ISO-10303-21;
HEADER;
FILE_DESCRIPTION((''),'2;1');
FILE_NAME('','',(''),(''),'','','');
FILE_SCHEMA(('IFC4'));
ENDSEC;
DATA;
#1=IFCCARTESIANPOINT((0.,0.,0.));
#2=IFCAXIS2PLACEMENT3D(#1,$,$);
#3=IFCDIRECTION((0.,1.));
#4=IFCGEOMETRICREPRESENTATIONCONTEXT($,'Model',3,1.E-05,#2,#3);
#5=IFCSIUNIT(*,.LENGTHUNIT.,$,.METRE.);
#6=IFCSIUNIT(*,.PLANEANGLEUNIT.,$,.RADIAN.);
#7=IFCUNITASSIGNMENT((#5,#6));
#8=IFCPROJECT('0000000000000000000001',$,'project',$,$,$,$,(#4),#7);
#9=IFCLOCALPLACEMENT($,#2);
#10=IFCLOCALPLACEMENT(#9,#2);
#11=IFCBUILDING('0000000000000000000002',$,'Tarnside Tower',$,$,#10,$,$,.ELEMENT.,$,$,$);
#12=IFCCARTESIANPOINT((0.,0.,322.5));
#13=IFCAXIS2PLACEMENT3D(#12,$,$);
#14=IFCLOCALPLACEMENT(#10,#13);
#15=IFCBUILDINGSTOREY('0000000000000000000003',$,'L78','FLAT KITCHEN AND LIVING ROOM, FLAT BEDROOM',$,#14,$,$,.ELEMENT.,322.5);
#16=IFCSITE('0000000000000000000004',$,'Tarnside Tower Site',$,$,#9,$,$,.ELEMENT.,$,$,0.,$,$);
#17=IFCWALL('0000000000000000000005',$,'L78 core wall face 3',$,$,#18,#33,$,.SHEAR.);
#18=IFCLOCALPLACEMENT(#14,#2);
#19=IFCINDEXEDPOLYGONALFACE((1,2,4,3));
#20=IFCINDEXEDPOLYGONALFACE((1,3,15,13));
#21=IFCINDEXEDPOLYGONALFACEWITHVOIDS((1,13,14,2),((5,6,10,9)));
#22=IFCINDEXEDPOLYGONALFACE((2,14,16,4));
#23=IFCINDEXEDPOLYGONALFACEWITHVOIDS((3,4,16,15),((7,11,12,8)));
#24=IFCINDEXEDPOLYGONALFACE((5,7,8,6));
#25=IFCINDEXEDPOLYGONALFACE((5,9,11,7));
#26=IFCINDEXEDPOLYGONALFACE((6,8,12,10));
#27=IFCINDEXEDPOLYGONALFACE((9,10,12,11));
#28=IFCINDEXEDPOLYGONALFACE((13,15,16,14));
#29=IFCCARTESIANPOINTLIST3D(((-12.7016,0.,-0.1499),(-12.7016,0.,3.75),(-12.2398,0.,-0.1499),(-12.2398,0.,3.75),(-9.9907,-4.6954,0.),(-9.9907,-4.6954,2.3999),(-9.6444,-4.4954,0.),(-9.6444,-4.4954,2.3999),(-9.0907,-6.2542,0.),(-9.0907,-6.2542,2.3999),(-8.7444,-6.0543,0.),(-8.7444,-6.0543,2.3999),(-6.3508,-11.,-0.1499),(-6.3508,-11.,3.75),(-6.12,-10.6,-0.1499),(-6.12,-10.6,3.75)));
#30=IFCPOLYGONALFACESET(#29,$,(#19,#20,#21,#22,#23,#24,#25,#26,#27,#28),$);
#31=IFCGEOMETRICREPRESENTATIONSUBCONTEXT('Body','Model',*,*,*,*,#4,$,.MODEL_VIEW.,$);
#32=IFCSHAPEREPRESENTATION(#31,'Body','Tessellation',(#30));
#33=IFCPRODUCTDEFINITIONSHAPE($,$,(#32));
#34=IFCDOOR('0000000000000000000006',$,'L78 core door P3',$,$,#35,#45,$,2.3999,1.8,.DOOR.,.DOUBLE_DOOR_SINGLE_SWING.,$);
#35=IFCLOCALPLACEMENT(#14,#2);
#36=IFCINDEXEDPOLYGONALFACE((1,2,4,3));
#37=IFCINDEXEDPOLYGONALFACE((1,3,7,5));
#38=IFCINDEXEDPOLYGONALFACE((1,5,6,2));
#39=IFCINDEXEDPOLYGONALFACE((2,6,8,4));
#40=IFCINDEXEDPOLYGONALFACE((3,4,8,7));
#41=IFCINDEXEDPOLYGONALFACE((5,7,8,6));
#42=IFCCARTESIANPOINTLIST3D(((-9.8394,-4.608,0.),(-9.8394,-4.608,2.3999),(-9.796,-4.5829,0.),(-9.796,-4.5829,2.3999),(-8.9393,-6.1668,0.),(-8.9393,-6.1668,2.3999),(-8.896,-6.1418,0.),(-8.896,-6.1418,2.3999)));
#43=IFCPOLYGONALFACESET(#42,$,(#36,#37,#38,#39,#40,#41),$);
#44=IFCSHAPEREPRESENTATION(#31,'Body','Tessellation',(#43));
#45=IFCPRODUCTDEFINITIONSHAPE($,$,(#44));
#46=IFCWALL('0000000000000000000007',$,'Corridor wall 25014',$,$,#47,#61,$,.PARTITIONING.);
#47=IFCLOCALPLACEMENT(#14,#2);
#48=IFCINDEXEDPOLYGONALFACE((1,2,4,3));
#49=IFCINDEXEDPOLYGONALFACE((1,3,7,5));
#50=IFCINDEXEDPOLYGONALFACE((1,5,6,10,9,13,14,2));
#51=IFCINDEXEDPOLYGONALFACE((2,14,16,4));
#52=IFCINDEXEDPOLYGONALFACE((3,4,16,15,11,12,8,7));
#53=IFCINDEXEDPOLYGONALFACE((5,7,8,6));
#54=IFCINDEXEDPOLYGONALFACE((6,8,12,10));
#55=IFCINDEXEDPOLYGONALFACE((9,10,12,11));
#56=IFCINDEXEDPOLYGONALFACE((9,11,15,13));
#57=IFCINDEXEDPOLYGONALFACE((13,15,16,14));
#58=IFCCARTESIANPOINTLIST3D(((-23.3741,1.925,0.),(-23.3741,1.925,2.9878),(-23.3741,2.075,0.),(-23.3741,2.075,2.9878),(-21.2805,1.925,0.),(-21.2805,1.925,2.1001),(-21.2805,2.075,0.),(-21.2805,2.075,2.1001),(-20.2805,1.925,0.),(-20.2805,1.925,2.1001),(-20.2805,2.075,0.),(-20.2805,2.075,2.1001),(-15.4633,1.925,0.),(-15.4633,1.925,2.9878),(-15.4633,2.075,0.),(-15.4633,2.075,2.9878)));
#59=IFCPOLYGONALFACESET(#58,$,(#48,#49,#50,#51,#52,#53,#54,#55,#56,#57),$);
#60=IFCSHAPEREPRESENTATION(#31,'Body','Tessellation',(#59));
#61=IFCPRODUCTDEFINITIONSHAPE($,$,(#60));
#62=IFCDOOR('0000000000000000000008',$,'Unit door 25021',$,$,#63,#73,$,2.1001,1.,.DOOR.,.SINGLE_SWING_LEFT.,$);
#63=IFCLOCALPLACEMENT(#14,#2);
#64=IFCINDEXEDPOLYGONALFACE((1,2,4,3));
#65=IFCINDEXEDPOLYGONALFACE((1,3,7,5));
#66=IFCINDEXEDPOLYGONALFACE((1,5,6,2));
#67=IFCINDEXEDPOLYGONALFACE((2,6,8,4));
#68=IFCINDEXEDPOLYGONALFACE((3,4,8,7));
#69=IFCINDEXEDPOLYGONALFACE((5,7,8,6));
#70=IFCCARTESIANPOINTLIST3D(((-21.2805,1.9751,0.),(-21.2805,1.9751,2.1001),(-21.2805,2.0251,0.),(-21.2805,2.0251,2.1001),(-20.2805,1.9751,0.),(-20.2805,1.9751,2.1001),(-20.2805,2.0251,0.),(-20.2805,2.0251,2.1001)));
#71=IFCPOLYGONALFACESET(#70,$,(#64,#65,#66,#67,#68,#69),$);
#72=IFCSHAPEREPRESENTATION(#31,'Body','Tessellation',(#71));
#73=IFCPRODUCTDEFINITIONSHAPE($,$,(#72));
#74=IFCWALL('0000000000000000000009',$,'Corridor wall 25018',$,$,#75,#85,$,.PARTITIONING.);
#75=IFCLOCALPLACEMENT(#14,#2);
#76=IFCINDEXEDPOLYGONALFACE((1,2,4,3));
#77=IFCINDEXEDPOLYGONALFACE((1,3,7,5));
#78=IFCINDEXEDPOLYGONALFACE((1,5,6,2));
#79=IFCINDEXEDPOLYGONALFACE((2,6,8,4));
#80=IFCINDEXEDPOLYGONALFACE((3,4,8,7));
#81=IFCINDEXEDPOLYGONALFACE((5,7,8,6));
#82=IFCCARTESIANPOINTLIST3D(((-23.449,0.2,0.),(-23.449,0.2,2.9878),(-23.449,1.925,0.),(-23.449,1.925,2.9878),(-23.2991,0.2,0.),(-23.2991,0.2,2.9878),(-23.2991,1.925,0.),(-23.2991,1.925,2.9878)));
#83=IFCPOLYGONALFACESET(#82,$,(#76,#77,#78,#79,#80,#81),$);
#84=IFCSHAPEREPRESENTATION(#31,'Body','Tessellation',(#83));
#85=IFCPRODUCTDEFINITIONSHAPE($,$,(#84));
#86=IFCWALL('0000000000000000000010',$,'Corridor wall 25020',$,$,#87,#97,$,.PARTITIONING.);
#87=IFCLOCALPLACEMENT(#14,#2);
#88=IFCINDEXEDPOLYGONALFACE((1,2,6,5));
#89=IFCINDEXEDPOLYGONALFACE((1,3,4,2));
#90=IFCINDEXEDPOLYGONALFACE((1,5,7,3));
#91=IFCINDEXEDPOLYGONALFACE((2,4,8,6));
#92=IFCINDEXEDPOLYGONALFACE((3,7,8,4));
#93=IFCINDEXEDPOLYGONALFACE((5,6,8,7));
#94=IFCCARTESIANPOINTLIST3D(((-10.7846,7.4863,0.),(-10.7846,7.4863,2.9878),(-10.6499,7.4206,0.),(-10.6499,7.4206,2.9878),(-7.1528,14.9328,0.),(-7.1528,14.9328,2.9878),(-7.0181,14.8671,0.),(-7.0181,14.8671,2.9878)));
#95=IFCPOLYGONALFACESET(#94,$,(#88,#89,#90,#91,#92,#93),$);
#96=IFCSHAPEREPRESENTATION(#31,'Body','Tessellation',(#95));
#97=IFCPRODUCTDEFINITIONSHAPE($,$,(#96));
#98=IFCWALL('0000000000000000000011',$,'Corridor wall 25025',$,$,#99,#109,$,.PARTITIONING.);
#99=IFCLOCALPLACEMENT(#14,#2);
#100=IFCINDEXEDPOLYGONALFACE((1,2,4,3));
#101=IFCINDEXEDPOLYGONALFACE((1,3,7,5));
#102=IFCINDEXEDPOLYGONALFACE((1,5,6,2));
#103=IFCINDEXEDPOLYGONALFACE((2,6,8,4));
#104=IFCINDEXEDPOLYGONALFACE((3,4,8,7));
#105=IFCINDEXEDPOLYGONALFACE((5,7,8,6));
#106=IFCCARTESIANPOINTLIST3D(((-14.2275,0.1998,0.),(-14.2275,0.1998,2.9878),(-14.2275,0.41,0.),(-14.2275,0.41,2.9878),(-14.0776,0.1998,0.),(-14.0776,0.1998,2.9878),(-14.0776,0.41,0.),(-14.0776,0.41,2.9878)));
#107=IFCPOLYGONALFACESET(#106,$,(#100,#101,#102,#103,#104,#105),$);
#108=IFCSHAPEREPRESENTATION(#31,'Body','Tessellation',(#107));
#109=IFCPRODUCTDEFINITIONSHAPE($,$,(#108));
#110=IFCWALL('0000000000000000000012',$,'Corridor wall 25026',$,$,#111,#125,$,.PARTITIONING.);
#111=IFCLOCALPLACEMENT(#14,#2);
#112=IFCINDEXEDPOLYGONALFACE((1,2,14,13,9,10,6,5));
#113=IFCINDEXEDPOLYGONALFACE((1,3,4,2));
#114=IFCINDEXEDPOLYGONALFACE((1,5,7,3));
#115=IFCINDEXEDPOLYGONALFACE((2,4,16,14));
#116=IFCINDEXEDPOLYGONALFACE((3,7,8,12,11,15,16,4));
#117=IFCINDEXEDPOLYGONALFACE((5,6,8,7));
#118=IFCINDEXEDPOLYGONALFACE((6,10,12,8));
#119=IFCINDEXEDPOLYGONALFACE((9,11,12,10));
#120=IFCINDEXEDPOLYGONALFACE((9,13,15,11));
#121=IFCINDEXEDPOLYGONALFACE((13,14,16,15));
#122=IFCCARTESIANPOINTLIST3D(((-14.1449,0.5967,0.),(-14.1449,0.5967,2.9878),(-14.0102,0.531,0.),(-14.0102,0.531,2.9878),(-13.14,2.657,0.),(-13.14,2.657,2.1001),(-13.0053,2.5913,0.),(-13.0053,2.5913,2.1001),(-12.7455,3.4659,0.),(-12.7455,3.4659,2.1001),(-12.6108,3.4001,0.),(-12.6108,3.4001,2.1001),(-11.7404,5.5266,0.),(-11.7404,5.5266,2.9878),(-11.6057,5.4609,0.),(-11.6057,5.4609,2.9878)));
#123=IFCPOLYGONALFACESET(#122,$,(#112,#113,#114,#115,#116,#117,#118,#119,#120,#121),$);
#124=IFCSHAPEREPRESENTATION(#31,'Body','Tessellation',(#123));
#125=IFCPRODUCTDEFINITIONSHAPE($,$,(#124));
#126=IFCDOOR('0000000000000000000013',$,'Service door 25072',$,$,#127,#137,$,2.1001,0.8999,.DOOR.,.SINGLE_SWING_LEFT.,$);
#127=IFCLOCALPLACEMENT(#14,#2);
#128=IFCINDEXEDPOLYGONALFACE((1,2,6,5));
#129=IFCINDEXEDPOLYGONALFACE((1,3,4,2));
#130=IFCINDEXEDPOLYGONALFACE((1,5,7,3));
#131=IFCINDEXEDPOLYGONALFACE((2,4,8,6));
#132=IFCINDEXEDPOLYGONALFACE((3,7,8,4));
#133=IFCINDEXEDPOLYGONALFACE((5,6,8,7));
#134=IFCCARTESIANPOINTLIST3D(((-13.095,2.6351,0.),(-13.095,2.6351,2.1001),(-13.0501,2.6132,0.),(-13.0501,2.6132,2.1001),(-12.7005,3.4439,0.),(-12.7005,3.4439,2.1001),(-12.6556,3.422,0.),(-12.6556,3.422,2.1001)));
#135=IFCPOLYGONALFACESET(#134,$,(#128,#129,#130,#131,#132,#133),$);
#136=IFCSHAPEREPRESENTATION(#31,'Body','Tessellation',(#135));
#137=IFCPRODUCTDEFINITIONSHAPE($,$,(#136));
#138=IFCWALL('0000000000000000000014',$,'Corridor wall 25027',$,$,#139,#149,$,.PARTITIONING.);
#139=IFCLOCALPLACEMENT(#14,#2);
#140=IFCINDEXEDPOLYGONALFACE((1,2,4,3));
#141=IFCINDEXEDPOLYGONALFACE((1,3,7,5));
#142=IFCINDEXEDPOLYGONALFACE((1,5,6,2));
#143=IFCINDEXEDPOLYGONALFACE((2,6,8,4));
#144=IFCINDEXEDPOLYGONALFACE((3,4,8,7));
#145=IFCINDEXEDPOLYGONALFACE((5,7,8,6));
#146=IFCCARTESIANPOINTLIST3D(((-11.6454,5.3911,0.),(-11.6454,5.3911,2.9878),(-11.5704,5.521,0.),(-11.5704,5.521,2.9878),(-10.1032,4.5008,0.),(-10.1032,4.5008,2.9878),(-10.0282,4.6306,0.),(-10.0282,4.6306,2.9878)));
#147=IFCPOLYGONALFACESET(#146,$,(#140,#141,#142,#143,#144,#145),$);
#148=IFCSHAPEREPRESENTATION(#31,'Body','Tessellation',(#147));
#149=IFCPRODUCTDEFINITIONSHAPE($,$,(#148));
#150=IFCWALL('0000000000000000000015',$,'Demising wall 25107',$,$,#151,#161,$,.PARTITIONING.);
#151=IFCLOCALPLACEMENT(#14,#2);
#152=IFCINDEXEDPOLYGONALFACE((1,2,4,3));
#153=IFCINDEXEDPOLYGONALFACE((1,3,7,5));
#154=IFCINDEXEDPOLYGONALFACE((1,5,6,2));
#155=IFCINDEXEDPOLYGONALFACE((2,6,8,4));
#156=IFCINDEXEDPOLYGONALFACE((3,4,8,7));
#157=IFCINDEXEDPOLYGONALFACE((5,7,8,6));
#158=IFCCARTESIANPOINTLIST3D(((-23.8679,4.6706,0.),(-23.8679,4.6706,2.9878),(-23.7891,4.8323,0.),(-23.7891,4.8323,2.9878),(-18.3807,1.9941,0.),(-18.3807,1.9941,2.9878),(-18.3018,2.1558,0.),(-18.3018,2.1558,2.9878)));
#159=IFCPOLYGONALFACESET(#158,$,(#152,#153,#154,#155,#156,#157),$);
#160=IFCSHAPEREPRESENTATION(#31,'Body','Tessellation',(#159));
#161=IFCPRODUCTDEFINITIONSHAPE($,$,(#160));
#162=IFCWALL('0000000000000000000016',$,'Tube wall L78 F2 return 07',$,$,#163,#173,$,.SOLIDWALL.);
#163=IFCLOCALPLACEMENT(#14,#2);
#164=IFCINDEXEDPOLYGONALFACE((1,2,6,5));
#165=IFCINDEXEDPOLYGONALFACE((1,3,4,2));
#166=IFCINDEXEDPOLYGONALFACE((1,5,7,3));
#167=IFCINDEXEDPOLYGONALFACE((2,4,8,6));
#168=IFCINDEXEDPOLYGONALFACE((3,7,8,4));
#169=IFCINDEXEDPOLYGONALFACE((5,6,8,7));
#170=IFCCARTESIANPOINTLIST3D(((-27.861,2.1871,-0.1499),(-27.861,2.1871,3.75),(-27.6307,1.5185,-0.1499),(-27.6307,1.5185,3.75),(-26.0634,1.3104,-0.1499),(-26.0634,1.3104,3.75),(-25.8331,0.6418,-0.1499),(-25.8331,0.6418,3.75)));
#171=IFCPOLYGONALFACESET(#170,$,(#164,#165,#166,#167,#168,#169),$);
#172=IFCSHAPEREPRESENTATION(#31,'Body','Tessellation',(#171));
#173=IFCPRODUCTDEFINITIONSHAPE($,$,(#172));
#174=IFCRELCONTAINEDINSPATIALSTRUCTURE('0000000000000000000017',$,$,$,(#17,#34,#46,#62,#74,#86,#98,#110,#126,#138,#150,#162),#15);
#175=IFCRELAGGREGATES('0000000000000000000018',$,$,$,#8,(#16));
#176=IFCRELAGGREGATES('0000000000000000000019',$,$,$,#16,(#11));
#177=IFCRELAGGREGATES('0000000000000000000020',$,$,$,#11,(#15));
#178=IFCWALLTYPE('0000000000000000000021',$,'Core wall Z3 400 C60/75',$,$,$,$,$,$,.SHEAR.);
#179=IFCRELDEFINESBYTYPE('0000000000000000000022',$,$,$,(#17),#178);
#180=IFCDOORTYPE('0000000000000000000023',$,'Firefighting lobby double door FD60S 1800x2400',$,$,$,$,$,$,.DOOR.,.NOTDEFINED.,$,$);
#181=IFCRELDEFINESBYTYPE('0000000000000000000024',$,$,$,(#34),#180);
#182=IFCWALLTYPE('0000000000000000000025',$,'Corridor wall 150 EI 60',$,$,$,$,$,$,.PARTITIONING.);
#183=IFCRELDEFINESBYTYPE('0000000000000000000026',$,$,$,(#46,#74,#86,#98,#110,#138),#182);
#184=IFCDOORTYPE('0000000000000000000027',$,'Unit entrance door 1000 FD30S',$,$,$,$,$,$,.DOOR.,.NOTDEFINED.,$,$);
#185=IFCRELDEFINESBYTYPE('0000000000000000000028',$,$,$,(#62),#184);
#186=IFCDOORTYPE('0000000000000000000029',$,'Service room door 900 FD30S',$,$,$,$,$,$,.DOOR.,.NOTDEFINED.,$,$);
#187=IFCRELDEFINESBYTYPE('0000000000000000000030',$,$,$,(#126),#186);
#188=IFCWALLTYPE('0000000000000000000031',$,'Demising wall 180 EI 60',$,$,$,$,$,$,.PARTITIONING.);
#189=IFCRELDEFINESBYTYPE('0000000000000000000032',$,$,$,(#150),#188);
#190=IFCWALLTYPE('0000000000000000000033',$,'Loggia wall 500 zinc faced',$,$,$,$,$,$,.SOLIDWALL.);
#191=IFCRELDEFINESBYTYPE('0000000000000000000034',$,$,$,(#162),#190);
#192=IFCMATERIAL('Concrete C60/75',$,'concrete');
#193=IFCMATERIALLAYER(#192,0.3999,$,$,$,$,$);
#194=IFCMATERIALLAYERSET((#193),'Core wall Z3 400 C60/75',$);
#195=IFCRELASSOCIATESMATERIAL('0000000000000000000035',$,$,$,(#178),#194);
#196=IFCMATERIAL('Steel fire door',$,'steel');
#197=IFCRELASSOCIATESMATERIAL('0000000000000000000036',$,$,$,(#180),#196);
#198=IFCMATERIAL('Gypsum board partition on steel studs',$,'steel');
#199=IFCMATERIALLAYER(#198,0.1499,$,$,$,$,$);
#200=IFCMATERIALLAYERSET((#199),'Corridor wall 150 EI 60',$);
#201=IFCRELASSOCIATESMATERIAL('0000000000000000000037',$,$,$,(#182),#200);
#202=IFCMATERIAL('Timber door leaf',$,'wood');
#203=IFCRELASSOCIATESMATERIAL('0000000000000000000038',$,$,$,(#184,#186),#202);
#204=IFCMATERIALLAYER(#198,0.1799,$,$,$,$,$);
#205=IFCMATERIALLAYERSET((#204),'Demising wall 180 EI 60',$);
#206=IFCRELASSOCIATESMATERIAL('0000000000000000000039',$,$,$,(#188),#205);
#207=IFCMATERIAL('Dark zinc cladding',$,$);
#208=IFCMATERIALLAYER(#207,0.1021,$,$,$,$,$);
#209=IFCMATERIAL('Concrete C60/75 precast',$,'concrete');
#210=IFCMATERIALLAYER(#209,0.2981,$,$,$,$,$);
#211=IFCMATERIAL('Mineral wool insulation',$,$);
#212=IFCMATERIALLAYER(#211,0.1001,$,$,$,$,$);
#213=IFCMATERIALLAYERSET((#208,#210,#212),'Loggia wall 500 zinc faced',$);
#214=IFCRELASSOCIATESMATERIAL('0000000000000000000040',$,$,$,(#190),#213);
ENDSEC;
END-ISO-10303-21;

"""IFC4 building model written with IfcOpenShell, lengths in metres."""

from ifc_helpers import new_model, si_unit, direction, frame, frame_2d, origin, place, context, subcontext, project, spatial, polyline, rectangle, outline, extrude, material, layer, layer_set, type_object, element, fill, save


model = new_model("IFC4")

# Units and contexts
model_context = context("Model", 3, precision=1e-05, world=origin(), true_north=direction((0.0, 1.0)))
body_context = subcontext(model_context, "Body", "Model", "MODEL_VIEW")
ifc_project = project(units=[si_unit("LENGTHUNIT", "METRE"), si_unit("PLANEANGLEUNIT", "RADIAN")], contexts=[model_context])

# Site, building, storey
site_placement = place(None, origin())
site = spatial("IfcSite", under=ifc_project, at=site_placement, Name="Tarnside Tower Site", CompositionType="ELEMENT", RefElevation=0.0)
building_placement = place(site_placement, origin())
building = spatial("IfcBuilding", under=site, at=building_placement, Name="Tarnside Tower", CompositionType="ELEMENT")
storey_placement = place(building_placement, frame((0.0, 0.0, 322.5)))
storey = spatial("IfcBuildingStorey", under=building, at=storey_placement, Name="L78", Description="FLAT KITCHEN AND LIVING ROOM, FLAT BEDROOM", CompositionType="ELEMENT", Elevation=322.5)

# Walls, openings, doors
ifc_material_1 = material(Name="Concrete C60/75", Category="concrete")
ifc_layer_1 = layer(ifc_material_1, 0.3999)
ifc_layer_set_1 = layer_set([ifc_layer_1], Name="Core wall Z3 400 C60/75")
wall_type_1 = type_object("IfcWallType", Name="Core wall Z3 400 C60/75", PredefinedType="SHEAR", material=ifc_layer_set_1)
wall_1_placement = place(storey_placement, frame((-12.4707, 0.0, -0.1499), z_axis=(0.0, 0.0, 1.0), x_axis=(0.499996, -0.866027, 0.0)))
wall_1 = element("IfcWall", 1, at=wall_1_placement, inside=storey, type_object=wall_type_1, Name="L78 core wall face 3", PredefinedType="SHEAR", context=body_context, shape_type="SweptSolid", body=[
    extrude(outline(polyline([(-0.1155, -0.2), (12.5862, -0.2), (12.3552, 0.2), (0.1155, 0.2), (-0.1155, -0.2)])), origin(), (0.0, 0.0, 1.0), 3.8999),
])
opening_1_placement = place(wall_1_placement, frame((5.3064, 0.0, 0.1499)))
opening_1 = element("IfcOpeningElement", 2, at=opening_1_placement, cuts=wall_1, PredefinedType="OPENING", context=body_context, shape_type="SweptSolid", body=[
    extrude(rectangle(XDim=1.8, YDim=2.3999, at=frame_2d((0.8999, 1.2))), frame((0.0, 0.21, 0.0), z_axis=(0.0, -1.0, 0.0), x_axis=(1.0, 0.0, 0.0)), (0.0, 0.0, 1.0), 0.4199),
])
ifc_material_2 = material(Name="Steel fire door", Category="steel")
door_type_1 = type_object("IfcDoorType", Name="Firefighting lobby double door FD60S 1800x2400", OperationType="NOTDEFINED", PredefinedType="DOOR", material=ifc_material_2)
door_1_placement = place(opening_1_placement, origin())
door_1 = element("IfcDoor", 3, at=door_1_placement, inside=storey, type_object=door_type_1, Name="L78 core door P3", OperationType="DOUBLE_DOOR_SINGLE_SWING", OverallHeight=2.3999, OverallWidth=1.8, PredefinedType="DOOR", context=body_context, shape_type="SweptSolid", body=[
    extrude(rectangle(XDim=1.8, YDim=2.3999, at=frame_2d((0.8999, 1.2))), frame((0.0, 0.0249, 0.0), z_axis=(0.0, -1.0, 0.0), x_axis=(1.0, 0.0, 0.0)), (0.0, 0.0, 1.0), 0.05),
])
fill(opening_1, door_1)
ifc_material_3 = material(Name="Gypsum board partition on steel studs", Category="steel")
ifc_layer_2 = layer(ifc_material_3, 0.1499)
ifc_layer_set_2 = layer_set([ifc_layer_2], Name="Corridor wall 150 EI 60")
wall_type_2 = type_object("IfcWallType", Name="Corridor wall 150 EI 60", PredefinedType="PARTITIONING", material=ifc_layer_set_2)
wall_2_placement = place(storey_placement, frame((-15.4631, 2.0, 0.0), z_axis=(0.0, 0.0, 1.0), x_axis=(-1.0, 0.0, 0.0)))
wall_2 = element("IfcWall", 4, at=wall_2_placement, inside=storey, type_object=wall_type_2, Name="Corridor wall 25014", PredefinedType="PARTITIONING", context=body_context, shape_type="SweptSolid", body=[
    extrude(rectangle(XDim=7.9109, YDim=0.1499, at=frame_2d((3.9556, 0.0))), origin(), (0.0, 0.0, 1.0), 2.9878),
])
opening_2_placement = place(wall_2_placement, frame((4.8174, 0.0, 0.0)))
opening_2 = element("IfcOpeningElement", 5, at=opening_2_placement, cuts=wall_2, PredefinedType="OPENING", context=body_context, shape_type="SweptSolid", body=[
    extrude(rectangle(XDim=1.0, YDim=2.1001, at=frame_2d((0.5, 1.05))), frame((0.0, 0.085, 0.0), z_axis=(0.0, -1.0, 0.0), x_axis=(1.0, 0.0, 0.0)), (0.0, 0.0, 1.0), 0.1699),
])
ifc_material_4 = material(Name="Timber door leaf", Category="wood")
door_type_2 = type_object("IfcDoorType", Name="Unit entrance door 1000 FD30S", OperationType="NOTDEFINED", PredefinedType="DOOR", material=ifc_material_4)
door_2_placement = place(opening_2_placement, origin())
door_2 = element("IfcDoor", 6, at=door_2_placement, inside=storey, type_object=door_type_2, Name="Unit door 25021", OperationType="SINGLE_SWING_LEFT", OverallHeight=2.1001, OverallWidth=1.0, PredefinedType="DOOR", context=body_context, shape_type="SweptSolid", body=[
    extrude(rectangle(XDim=1.0, YDim=2.1001, at=frame_2d((0.5, 1.05))), frame((0.0, 0.0249, 0.0), z_axis=(0.0, -1.0, 0.0), x_axis=(1.0, 0.0, 0.0)), (0.0, 0.0, 1.0), 0.05),
])
fill(opening_2, door_2)

# Walls
wall_3_placement = place(storey_placement, frame((-23.374, 1.925, 0.0), z_axis=(0.0, 0.0, 1.0), x_axis=(0.0, -1.0, 0.0)))
element("IfcWall", 7, at=wall_3_placement, inside=storey, type_object=wall_type_2, Name="Corridor wall 25018", PredefinedType="PARTITIONING", context=body_context, shape_type="SweptSolid", body=[
    extrude(rectangle(XDim=1.7251, YDim=0.1499, at=frame_2d((0.8625, 0.0))), origin(), (0.0, 0.0, 1.0), 2.9878),
])
wall_4_placement = place(storey_placement, frame((-10.7173, 7.4534, 0.0), z_axis=(0.0, 0.0, 1.0), x_axis=(0.438363, 0.898798, 0.0)))
element("IfcWall", 8, at=wall_4_placement, inside=storey, type_object=wall_type_2, Name="Corridor wall 25020", PredefinedType="PARTITIONING", context=body_context, shape_type="SweptSolid", body=[
    extrude(rectangle(XDim=8.2849, YDim=0.1499, at=frame_2d((4.1426, 0.0))), origin(), (0.0, 0.0, 1.0), 2.9878),
])
wall_5_placement = place(storey_placement, frame((-14.1526, 0.2, 0.0), z_axis=(0.0, 0.0, 1.0), x_axis=(0.0, 1.0, 0.0)))
element("IfcWall", 9, at=wall_5_placement, inside=storey, type_object=wall_type_2, Name="Corridor wall 25025", PredefinedType="PARTITIONING", context=body_context, shape_type="SweptSolid", body=[
    extrude(rectangle(XDim=0.2102, YDim=0.1499, at=frame_2d((0.105, 0.0))), origin(), (0.0, 0.0, 1.0), 2.9878),
])

# Wall, opening, door
wall_6_placement = place(storey_placement, frame((-14.0776, 0.5637, 0.0), z_axis=(0.0, 0.0, 1.0), x_axis=(0.438379, 0.89879, 0.0)))
wall_6 = element("IfcWall", 10, at=wall_6_placement, inside=storey, type_object=wall_type_2, Name="Corridor wall 25026", PredefinedType="PARTITIONING", context=body_context, shape_type="SweptSolid", body=[
    extrude(rectangle(XDim=5.4851, YDim=0.1499, at=frame_2d((2.7427, 0.0))), origin(), (0.0, 0.0, 1.0), 2.9878),
])
opening_3_placement = place(wall_6_placement, frame((2.2925, 0.0, 0.0)))
opening_3 = element("IfcOpeningElement", 11, at=opening_3_placement, cuts=wall_6, PredefinedType="OPENING", context=body_context, shape_type="SweptSolid", body=[
    extrude(rectangle(XDim=0.8999, YDim=2.1001, at=frame_2d((0.45, 1.05))), frame((0.0, 0.085, 0.0), z_axis=(0.0, -1.0, 0.0), x_axis=(1.0, 0.0, 0.0)), (0.0, 0.0, 1.0), 0.1699),
])
door_type_3 = type_object("IfcDoorType", Name="Service room door 900 FD30S", OperationType="NOTDEFINED", PredefinedType="DOOR", material=ifc_material_4)
door_3_placement = place(opening_3_placement, origin())
door_3 = element("IfcDoor", 12, at=door_3_placement, inside=storey, type_object=door_type_3, Name="Service door 25072", OperationType="SINGLE_SWING_LEFT", OverallHeight=2.1001, OverallWidth=0.8999, PredefinedType="DOOR", context=body_context, shape_type="SweptSolid", body=[
    extrude(rectangle(XDim=0.8999, YDim=2.1001, at=frame_2d((0.45, 1.05))), frame((0.0, 0.0249, 0.0), z_axis=(0.0, -1.0, 0.0), x_axis=(1.0, 0.0, 0.0)), (0.0, 0.0, 1.0), 0.05),
])
fill(opening_3, door_3)

# Walls
wall_7_placement = place(storey_placement, frame((-11.6079, 5.4561, 0.0), z_axis=(0.0, 0.0, 1.0), x_axis=(0.866033, -0.499987, 0.0)))
element("IfcWall", 13, at=wall_7_placement, inside=storey, type_object=wall_type_2, Name="Corridor wall 25027", PredefinedType="PARTITIONING", context=body_context, shape_type="SweptSolid", body=[
    extrude(rectangle(XDim=1.7808, YDim=0.1499, at=frame_2d((0.8904, 0.0))), origin(), (0.0, 0.0, 1.0), 2.9878),
])
ifc_layer_3 = layer(ifc_material_3, 0.1799)
ifc_layer_set_3 = layer_set([ifc_layer_3], Name="Demising wall 180 EI 60")
wall_type_3 = type_object("IfcWallType", Name="Demising wall 180 EI 60", PredefinedType="PARTITIONING", material=ifc_layer_set_3)
wall_8_placement = place(storey_placement, frame((-23.8286, 4.7515, 0.0), z_axis=(0.0, 0.0, 1.0), x_axis=(0.898783, -0.438394, 0.0)))
element("IfcWall", 14, at=wall_8_placement, inside=storey, type_object=wall_type_3, Name="Demising wall 25107", PredefinedType="PARTITIONING", context=body_context, shape_type="SweptSolid", body=[
    extrude(rectangle(XDim=6.1052, YDim=0.1799, at=frame_2d((3.0527, 0.0))), origin(), (0.0, 0.0, 1.0), 2.9878),
])
ifc_material_5 = material(Name="Dark zinc cladding")
ifc_layer_4 = layer(ifc_material_5, 0.1021)
ifc_material_6 = material(Name="Concrete C60/75 precast", Category="concrete")
ifc_layer_5 = layer(ifc_material_6, 0.2981)
ifc_material_7 = material(Name="Mineral wool insulation")
ifc_layer_6 = layer(ifc_material_7, 0.1001)
ifc_layer_set_4 = layer_set([ifc_layer_4, ifc_layer_5, ifc_layer_6], Name="Loggia wall 500 zinc faced")
wall_type_4 = type_object("IfcWallType", Name="Loggia wall 500 zinc faced", PredefinedType="SOLIDWALL", material=ifc_layer_set_4)
wall_9_placement = place(storey_placement, frame((-25.9482, 0.9761, -0.1499), z_axis=(0.0, 0.0, 1.0), x_axis=(-0.898802, 0.438354, 0.0)))
element("IfcWall", 15, at=wall_9_placement, inside=storey, type_object=wall_type_4, Name="Tube wall L78 F2 return 07", PredefinedType="SOLIDWALL", context=body_context, shape_type="SweptSolid", body=[
    extrude(outline(polyline([(0.25, -0.25), (2.25, -0.25), (1.75, 0.25), (-0.25, 0.25), (0.25, -0.25)])), origin(), (0.0, 0.0, 1.0), 3.8999),
])

save(model, "model.ifc")
